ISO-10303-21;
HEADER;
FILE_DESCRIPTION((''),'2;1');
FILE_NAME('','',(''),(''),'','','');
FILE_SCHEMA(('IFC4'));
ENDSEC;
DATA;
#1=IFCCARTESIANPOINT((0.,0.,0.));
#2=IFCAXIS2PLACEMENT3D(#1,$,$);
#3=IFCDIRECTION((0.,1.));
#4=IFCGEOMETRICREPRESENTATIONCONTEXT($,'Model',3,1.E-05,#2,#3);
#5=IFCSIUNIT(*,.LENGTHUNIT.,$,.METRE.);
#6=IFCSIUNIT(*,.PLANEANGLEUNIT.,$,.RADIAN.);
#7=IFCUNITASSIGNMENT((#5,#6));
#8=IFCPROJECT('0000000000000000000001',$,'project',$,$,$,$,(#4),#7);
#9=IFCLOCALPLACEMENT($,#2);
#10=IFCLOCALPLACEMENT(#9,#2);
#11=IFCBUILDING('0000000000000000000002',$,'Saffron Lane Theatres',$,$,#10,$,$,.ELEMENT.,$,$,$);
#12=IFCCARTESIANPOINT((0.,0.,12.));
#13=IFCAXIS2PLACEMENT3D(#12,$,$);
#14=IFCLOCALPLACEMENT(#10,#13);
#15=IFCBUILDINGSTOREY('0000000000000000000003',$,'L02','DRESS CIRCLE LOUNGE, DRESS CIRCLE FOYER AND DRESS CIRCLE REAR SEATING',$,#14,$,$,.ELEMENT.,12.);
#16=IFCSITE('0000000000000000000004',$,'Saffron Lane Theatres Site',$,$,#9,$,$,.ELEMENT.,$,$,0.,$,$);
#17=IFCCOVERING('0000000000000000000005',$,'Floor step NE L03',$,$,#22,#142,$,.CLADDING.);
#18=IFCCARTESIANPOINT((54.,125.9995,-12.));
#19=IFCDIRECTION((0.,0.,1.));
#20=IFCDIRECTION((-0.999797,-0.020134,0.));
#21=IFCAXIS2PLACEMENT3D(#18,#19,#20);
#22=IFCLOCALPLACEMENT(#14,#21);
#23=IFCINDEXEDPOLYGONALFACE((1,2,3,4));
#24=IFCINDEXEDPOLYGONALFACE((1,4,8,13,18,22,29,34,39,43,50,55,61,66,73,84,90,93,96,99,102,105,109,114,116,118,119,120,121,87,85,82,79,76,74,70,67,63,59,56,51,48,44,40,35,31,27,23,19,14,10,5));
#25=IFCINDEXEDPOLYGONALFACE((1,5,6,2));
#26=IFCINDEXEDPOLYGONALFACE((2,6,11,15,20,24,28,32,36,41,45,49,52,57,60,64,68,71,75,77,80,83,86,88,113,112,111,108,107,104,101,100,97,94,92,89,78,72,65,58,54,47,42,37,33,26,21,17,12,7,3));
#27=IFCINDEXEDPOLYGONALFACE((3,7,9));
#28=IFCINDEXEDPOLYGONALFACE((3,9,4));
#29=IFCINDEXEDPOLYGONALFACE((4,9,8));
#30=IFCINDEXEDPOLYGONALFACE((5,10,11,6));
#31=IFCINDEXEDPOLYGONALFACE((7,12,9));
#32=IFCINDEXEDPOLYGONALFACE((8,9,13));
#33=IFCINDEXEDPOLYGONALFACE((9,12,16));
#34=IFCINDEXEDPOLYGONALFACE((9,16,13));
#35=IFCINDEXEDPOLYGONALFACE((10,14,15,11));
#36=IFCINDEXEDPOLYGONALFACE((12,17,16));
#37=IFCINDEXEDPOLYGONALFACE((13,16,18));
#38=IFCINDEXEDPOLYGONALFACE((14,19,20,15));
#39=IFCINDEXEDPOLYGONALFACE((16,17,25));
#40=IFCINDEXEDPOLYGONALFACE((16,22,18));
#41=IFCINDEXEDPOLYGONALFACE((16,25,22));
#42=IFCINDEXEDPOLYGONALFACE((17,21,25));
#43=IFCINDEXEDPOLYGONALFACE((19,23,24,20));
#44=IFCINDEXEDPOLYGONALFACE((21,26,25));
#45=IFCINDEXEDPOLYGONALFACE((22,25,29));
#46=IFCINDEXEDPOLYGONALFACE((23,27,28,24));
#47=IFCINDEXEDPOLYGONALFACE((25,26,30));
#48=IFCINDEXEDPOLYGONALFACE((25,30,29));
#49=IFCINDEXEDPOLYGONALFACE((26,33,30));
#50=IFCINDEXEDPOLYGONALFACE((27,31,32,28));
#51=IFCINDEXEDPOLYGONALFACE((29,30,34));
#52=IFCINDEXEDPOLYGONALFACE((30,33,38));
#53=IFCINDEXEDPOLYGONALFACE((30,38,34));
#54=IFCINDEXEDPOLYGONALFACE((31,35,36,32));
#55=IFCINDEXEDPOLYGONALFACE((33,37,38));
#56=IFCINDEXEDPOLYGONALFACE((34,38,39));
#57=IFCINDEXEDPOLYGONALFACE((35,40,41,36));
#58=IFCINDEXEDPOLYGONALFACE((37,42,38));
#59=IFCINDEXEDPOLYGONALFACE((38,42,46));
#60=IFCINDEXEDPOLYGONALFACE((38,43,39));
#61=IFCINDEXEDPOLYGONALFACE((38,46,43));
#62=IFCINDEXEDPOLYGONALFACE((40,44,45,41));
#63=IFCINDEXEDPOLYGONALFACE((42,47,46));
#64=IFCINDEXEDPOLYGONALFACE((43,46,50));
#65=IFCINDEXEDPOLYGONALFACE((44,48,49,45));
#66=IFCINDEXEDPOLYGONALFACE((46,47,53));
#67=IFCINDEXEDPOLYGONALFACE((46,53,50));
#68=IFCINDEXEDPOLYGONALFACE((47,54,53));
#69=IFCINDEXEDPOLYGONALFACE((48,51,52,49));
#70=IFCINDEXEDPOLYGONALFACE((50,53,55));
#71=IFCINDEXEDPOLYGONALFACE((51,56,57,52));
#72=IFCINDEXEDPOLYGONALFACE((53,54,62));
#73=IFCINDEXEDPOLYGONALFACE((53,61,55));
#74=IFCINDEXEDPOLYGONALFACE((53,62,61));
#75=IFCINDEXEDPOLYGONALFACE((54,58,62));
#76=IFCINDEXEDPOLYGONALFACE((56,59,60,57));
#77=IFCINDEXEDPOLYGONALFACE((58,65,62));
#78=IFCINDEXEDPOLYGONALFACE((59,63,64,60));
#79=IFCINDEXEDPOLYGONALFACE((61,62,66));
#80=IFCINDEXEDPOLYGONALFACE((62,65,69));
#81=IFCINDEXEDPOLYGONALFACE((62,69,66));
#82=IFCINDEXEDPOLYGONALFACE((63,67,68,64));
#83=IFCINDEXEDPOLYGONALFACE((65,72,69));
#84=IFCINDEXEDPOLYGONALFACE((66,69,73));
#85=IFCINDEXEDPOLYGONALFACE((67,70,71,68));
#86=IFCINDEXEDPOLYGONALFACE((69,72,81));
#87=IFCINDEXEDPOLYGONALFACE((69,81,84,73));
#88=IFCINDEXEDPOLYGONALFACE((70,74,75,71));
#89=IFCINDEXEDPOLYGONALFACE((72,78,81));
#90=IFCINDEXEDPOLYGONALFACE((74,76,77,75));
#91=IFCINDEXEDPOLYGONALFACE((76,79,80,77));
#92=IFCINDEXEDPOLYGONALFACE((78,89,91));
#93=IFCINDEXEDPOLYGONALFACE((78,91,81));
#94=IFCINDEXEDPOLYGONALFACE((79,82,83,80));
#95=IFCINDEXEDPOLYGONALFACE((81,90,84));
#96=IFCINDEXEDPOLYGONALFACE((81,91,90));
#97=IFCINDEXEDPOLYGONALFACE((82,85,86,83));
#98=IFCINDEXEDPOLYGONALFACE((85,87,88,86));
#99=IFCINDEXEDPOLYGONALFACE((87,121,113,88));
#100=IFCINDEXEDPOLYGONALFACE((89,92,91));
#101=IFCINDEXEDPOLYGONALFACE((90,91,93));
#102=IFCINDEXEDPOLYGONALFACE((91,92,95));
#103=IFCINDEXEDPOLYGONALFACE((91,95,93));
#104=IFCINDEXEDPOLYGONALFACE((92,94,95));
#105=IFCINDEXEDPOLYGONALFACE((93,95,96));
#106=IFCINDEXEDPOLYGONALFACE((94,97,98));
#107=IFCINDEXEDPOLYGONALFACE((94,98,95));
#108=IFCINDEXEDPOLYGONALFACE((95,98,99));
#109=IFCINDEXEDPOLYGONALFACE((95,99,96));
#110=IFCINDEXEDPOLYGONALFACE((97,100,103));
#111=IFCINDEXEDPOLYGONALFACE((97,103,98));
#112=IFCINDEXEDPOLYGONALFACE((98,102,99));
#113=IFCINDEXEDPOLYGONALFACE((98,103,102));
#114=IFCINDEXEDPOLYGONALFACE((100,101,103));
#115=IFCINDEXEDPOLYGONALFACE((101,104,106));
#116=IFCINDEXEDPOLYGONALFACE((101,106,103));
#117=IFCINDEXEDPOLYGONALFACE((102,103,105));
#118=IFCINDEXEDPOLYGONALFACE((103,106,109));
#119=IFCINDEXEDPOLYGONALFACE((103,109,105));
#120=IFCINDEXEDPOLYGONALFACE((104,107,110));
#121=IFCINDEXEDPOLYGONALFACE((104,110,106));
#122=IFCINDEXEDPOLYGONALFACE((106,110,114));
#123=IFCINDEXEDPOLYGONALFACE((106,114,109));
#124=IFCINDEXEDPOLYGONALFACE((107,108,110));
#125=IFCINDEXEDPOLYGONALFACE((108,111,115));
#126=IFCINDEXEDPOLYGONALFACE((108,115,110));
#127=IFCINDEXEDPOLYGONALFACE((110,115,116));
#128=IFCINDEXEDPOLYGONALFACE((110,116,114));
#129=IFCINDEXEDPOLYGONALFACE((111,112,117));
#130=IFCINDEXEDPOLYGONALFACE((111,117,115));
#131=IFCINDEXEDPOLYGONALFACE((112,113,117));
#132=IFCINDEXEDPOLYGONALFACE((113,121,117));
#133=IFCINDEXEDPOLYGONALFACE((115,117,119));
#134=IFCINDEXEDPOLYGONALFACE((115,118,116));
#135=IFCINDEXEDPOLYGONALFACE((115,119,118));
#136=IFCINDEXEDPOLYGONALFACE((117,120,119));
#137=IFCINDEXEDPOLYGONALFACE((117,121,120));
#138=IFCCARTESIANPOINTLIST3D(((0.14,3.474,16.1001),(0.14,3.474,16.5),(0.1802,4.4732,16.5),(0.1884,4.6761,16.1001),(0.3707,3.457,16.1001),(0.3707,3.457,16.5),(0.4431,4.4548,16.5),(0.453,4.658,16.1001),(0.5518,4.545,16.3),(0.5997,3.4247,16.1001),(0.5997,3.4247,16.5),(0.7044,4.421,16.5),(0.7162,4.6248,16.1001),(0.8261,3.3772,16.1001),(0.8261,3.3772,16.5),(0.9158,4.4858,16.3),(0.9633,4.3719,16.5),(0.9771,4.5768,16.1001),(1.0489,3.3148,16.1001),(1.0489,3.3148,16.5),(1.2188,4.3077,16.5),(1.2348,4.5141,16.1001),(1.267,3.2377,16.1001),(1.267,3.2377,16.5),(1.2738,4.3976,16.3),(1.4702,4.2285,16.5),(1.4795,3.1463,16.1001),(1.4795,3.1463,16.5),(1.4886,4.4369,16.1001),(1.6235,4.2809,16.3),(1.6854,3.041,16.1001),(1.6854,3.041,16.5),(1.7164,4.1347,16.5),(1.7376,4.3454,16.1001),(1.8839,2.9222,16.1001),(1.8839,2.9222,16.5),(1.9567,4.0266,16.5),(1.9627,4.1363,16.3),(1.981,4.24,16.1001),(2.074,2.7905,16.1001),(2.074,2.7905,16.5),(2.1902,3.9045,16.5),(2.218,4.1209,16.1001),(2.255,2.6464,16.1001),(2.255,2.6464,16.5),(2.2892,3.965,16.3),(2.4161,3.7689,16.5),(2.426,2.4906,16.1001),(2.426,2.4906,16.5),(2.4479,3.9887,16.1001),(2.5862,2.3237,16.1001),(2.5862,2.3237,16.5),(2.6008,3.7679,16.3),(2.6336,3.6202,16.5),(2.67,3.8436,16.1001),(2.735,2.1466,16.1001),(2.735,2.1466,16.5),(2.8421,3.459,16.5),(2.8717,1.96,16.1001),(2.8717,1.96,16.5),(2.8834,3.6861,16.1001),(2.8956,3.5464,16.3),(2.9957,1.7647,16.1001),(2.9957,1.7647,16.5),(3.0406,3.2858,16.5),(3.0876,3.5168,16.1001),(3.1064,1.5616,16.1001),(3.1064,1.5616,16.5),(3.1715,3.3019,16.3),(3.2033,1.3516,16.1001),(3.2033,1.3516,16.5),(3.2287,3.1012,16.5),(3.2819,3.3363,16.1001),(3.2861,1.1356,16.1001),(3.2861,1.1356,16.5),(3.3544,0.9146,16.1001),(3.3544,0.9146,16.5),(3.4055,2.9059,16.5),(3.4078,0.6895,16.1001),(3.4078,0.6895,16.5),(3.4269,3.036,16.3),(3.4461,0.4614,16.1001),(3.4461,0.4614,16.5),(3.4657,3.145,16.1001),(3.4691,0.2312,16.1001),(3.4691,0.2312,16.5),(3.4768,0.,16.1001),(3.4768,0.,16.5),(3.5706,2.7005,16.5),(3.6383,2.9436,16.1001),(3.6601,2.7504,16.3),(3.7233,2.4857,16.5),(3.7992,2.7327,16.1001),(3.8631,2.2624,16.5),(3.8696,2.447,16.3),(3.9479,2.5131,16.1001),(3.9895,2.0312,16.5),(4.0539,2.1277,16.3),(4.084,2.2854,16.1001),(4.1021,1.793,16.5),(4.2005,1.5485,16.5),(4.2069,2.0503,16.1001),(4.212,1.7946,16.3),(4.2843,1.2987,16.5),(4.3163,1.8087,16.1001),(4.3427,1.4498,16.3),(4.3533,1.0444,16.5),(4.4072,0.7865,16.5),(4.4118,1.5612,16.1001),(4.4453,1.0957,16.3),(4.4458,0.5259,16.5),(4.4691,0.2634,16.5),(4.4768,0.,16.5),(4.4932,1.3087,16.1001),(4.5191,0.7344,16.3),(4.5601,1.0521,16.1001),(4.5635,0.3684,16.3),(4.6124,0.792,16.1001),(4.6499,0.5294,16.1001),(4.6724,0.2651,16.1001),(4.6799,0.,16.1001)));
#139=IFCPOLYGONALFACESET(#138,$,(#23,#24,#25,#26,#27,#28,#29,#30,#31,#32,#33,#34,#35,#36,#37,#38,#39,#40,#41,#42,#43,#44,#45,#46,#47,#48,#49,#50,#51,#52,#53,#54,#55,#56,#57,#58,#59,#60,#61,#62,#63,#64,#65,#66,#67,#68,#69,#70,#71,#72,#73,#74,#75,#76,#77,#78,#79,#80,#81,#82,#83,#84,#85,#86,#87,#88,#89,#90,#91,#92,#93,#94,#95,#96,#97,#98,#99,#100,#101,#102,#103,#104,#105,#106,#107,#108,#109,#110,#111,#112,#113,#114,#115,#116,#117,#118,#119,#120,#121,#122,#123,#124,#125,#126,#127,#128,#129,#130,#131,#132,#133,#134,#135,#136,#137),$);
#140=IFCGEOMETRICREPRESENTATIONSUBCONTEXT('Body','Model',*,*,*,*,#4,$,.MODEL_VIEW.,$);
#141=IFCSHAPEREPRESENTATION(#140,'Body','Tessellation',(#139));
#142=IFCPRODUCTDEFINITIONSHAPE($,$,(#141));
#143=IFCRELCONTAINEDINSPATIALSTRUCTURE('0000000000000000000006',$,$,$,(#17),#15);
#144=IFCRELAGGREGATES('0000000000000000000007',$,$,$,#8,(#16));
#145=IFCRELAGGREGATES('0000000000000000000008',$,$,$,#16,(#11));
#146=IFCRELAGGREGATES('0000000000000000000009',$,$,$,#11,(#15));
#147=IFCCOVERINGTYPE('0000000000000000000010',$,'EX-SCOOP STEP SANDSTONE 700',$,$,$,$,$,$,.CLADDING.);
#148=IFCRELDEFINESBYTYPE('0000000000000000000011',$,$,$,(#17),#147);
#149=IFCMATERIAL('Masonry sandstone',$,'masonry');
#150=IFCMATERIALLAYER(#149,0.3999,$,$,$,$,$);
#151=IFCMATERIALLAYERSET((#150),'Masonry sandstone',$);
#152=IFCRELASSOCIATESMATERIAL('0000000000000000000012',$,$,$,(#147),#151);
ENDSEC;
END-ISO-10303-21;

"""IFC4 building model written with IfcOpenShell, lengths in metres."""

from ifc_helpers import new_model, entity, si_unit, direction, frame, origin, place, context, subcontext, project, spatial, material, layer, layer_set, type_object, element, save


model = new_model("IFC4")

# Units and contexts
model_context = context("Model", 3, precision=1e-05, world=origin(), true_north=direction((0.0, 1.0)))
body_context = subcontext(model_context, "Body", "Model", "MODEL_VIEW")
ifc_project = project(units=[si_unit("LENGTHUNIT", "METRE"), si_unit("PLANEANGLEUNIT", "RADIAN")], contexts=[model_context])

# Site, building, storey
site_placement = place(None, origin())
site = spatial("IfcSite", under=ifc_project, at=site_placement, Name="Saffron Lane Theatres Site", CompositionType="ELEMENT", RefElevation=0.0)
building_placement = place(site_placement, origin())
building = spatial("IfcBuilding", under=site, at=building_placement, Name="Saffron Lane Theatres", CompositionType="ELEMENT")
storey_placement = place(building_placement, frame((0.0, 0.0, 12.0)))
storey = spatial("IfcBuildingStorey", under=building, at=storey_placement, Name="L02", Description="DRESS CIRCLE LOUNGE, DRESS CIRCLE FOYER AND DRESS CIRCLE REAR SEATING", CompositionType="ELEMENT", Elevation=12.0)

# Covering
ifc_material_1 = material(Name="Masonry sandstone", Category="masonry")
ifc_layer_1 = layer(ifc_material_1, 0.3999)
ifc_layer_set_1 = layer_set([ifc_layer_1], Name="Masonry sandstone")
covering_type_1 = type_object("IfcCoveringType", Name="EX-SCOOP STEP SANDSTONE 700", PredefinedType="CLADDING", material=ifc_layer_set_1)
covering_1_placement = place(storey_placement, frame((54.0, 125.9995, -12.0), z_axis=(0.0, 0.0, 1.0), x_axis=(-0.999797, -0.020134, 0.0)))
cartesian_point_1 = entity("IfcCartesianPoint", [3.4768, 16.1001])
cartesian_point_2 = entity("IfcCartesianPoint", [0.0, 0.0, 0.0])
element("IfcCovering", 1, at=covering_1_placement, inside=storey, type_object=covering_type_1, Name="Floor step NE L03", PredefinedType="CLADDING", context=body_context, shape_type="SweptSolid", body=[
    entity("IfcRevolvedAreaSolid", entity("IfcArbitraryClosedProfileDef", "AREA", None, entity("IfcPolyline", [cartesian_point_1, entity("IfcCartesianPoint", [4.6799, 16.1001]), entity("IfcCartesianPoint", [4.4768, 16.5]), entity("IfcCartesianPoint", [3.4768, 16.5]), cartesian_point_1])), entity("IfcAxis2Placement3D", cartesian_point_2, entity("IfcDirection", [0.0, -1.0, 0.0]), entity("IfcDirection", [1.0, 0.0, 0.0])), entity("IfcAxis1Placement", cartesian_point_2, entity("IfcDirection", [0.0, 1.0, 0.0])), 1.530526),
])

save(model, "model.ifc")
